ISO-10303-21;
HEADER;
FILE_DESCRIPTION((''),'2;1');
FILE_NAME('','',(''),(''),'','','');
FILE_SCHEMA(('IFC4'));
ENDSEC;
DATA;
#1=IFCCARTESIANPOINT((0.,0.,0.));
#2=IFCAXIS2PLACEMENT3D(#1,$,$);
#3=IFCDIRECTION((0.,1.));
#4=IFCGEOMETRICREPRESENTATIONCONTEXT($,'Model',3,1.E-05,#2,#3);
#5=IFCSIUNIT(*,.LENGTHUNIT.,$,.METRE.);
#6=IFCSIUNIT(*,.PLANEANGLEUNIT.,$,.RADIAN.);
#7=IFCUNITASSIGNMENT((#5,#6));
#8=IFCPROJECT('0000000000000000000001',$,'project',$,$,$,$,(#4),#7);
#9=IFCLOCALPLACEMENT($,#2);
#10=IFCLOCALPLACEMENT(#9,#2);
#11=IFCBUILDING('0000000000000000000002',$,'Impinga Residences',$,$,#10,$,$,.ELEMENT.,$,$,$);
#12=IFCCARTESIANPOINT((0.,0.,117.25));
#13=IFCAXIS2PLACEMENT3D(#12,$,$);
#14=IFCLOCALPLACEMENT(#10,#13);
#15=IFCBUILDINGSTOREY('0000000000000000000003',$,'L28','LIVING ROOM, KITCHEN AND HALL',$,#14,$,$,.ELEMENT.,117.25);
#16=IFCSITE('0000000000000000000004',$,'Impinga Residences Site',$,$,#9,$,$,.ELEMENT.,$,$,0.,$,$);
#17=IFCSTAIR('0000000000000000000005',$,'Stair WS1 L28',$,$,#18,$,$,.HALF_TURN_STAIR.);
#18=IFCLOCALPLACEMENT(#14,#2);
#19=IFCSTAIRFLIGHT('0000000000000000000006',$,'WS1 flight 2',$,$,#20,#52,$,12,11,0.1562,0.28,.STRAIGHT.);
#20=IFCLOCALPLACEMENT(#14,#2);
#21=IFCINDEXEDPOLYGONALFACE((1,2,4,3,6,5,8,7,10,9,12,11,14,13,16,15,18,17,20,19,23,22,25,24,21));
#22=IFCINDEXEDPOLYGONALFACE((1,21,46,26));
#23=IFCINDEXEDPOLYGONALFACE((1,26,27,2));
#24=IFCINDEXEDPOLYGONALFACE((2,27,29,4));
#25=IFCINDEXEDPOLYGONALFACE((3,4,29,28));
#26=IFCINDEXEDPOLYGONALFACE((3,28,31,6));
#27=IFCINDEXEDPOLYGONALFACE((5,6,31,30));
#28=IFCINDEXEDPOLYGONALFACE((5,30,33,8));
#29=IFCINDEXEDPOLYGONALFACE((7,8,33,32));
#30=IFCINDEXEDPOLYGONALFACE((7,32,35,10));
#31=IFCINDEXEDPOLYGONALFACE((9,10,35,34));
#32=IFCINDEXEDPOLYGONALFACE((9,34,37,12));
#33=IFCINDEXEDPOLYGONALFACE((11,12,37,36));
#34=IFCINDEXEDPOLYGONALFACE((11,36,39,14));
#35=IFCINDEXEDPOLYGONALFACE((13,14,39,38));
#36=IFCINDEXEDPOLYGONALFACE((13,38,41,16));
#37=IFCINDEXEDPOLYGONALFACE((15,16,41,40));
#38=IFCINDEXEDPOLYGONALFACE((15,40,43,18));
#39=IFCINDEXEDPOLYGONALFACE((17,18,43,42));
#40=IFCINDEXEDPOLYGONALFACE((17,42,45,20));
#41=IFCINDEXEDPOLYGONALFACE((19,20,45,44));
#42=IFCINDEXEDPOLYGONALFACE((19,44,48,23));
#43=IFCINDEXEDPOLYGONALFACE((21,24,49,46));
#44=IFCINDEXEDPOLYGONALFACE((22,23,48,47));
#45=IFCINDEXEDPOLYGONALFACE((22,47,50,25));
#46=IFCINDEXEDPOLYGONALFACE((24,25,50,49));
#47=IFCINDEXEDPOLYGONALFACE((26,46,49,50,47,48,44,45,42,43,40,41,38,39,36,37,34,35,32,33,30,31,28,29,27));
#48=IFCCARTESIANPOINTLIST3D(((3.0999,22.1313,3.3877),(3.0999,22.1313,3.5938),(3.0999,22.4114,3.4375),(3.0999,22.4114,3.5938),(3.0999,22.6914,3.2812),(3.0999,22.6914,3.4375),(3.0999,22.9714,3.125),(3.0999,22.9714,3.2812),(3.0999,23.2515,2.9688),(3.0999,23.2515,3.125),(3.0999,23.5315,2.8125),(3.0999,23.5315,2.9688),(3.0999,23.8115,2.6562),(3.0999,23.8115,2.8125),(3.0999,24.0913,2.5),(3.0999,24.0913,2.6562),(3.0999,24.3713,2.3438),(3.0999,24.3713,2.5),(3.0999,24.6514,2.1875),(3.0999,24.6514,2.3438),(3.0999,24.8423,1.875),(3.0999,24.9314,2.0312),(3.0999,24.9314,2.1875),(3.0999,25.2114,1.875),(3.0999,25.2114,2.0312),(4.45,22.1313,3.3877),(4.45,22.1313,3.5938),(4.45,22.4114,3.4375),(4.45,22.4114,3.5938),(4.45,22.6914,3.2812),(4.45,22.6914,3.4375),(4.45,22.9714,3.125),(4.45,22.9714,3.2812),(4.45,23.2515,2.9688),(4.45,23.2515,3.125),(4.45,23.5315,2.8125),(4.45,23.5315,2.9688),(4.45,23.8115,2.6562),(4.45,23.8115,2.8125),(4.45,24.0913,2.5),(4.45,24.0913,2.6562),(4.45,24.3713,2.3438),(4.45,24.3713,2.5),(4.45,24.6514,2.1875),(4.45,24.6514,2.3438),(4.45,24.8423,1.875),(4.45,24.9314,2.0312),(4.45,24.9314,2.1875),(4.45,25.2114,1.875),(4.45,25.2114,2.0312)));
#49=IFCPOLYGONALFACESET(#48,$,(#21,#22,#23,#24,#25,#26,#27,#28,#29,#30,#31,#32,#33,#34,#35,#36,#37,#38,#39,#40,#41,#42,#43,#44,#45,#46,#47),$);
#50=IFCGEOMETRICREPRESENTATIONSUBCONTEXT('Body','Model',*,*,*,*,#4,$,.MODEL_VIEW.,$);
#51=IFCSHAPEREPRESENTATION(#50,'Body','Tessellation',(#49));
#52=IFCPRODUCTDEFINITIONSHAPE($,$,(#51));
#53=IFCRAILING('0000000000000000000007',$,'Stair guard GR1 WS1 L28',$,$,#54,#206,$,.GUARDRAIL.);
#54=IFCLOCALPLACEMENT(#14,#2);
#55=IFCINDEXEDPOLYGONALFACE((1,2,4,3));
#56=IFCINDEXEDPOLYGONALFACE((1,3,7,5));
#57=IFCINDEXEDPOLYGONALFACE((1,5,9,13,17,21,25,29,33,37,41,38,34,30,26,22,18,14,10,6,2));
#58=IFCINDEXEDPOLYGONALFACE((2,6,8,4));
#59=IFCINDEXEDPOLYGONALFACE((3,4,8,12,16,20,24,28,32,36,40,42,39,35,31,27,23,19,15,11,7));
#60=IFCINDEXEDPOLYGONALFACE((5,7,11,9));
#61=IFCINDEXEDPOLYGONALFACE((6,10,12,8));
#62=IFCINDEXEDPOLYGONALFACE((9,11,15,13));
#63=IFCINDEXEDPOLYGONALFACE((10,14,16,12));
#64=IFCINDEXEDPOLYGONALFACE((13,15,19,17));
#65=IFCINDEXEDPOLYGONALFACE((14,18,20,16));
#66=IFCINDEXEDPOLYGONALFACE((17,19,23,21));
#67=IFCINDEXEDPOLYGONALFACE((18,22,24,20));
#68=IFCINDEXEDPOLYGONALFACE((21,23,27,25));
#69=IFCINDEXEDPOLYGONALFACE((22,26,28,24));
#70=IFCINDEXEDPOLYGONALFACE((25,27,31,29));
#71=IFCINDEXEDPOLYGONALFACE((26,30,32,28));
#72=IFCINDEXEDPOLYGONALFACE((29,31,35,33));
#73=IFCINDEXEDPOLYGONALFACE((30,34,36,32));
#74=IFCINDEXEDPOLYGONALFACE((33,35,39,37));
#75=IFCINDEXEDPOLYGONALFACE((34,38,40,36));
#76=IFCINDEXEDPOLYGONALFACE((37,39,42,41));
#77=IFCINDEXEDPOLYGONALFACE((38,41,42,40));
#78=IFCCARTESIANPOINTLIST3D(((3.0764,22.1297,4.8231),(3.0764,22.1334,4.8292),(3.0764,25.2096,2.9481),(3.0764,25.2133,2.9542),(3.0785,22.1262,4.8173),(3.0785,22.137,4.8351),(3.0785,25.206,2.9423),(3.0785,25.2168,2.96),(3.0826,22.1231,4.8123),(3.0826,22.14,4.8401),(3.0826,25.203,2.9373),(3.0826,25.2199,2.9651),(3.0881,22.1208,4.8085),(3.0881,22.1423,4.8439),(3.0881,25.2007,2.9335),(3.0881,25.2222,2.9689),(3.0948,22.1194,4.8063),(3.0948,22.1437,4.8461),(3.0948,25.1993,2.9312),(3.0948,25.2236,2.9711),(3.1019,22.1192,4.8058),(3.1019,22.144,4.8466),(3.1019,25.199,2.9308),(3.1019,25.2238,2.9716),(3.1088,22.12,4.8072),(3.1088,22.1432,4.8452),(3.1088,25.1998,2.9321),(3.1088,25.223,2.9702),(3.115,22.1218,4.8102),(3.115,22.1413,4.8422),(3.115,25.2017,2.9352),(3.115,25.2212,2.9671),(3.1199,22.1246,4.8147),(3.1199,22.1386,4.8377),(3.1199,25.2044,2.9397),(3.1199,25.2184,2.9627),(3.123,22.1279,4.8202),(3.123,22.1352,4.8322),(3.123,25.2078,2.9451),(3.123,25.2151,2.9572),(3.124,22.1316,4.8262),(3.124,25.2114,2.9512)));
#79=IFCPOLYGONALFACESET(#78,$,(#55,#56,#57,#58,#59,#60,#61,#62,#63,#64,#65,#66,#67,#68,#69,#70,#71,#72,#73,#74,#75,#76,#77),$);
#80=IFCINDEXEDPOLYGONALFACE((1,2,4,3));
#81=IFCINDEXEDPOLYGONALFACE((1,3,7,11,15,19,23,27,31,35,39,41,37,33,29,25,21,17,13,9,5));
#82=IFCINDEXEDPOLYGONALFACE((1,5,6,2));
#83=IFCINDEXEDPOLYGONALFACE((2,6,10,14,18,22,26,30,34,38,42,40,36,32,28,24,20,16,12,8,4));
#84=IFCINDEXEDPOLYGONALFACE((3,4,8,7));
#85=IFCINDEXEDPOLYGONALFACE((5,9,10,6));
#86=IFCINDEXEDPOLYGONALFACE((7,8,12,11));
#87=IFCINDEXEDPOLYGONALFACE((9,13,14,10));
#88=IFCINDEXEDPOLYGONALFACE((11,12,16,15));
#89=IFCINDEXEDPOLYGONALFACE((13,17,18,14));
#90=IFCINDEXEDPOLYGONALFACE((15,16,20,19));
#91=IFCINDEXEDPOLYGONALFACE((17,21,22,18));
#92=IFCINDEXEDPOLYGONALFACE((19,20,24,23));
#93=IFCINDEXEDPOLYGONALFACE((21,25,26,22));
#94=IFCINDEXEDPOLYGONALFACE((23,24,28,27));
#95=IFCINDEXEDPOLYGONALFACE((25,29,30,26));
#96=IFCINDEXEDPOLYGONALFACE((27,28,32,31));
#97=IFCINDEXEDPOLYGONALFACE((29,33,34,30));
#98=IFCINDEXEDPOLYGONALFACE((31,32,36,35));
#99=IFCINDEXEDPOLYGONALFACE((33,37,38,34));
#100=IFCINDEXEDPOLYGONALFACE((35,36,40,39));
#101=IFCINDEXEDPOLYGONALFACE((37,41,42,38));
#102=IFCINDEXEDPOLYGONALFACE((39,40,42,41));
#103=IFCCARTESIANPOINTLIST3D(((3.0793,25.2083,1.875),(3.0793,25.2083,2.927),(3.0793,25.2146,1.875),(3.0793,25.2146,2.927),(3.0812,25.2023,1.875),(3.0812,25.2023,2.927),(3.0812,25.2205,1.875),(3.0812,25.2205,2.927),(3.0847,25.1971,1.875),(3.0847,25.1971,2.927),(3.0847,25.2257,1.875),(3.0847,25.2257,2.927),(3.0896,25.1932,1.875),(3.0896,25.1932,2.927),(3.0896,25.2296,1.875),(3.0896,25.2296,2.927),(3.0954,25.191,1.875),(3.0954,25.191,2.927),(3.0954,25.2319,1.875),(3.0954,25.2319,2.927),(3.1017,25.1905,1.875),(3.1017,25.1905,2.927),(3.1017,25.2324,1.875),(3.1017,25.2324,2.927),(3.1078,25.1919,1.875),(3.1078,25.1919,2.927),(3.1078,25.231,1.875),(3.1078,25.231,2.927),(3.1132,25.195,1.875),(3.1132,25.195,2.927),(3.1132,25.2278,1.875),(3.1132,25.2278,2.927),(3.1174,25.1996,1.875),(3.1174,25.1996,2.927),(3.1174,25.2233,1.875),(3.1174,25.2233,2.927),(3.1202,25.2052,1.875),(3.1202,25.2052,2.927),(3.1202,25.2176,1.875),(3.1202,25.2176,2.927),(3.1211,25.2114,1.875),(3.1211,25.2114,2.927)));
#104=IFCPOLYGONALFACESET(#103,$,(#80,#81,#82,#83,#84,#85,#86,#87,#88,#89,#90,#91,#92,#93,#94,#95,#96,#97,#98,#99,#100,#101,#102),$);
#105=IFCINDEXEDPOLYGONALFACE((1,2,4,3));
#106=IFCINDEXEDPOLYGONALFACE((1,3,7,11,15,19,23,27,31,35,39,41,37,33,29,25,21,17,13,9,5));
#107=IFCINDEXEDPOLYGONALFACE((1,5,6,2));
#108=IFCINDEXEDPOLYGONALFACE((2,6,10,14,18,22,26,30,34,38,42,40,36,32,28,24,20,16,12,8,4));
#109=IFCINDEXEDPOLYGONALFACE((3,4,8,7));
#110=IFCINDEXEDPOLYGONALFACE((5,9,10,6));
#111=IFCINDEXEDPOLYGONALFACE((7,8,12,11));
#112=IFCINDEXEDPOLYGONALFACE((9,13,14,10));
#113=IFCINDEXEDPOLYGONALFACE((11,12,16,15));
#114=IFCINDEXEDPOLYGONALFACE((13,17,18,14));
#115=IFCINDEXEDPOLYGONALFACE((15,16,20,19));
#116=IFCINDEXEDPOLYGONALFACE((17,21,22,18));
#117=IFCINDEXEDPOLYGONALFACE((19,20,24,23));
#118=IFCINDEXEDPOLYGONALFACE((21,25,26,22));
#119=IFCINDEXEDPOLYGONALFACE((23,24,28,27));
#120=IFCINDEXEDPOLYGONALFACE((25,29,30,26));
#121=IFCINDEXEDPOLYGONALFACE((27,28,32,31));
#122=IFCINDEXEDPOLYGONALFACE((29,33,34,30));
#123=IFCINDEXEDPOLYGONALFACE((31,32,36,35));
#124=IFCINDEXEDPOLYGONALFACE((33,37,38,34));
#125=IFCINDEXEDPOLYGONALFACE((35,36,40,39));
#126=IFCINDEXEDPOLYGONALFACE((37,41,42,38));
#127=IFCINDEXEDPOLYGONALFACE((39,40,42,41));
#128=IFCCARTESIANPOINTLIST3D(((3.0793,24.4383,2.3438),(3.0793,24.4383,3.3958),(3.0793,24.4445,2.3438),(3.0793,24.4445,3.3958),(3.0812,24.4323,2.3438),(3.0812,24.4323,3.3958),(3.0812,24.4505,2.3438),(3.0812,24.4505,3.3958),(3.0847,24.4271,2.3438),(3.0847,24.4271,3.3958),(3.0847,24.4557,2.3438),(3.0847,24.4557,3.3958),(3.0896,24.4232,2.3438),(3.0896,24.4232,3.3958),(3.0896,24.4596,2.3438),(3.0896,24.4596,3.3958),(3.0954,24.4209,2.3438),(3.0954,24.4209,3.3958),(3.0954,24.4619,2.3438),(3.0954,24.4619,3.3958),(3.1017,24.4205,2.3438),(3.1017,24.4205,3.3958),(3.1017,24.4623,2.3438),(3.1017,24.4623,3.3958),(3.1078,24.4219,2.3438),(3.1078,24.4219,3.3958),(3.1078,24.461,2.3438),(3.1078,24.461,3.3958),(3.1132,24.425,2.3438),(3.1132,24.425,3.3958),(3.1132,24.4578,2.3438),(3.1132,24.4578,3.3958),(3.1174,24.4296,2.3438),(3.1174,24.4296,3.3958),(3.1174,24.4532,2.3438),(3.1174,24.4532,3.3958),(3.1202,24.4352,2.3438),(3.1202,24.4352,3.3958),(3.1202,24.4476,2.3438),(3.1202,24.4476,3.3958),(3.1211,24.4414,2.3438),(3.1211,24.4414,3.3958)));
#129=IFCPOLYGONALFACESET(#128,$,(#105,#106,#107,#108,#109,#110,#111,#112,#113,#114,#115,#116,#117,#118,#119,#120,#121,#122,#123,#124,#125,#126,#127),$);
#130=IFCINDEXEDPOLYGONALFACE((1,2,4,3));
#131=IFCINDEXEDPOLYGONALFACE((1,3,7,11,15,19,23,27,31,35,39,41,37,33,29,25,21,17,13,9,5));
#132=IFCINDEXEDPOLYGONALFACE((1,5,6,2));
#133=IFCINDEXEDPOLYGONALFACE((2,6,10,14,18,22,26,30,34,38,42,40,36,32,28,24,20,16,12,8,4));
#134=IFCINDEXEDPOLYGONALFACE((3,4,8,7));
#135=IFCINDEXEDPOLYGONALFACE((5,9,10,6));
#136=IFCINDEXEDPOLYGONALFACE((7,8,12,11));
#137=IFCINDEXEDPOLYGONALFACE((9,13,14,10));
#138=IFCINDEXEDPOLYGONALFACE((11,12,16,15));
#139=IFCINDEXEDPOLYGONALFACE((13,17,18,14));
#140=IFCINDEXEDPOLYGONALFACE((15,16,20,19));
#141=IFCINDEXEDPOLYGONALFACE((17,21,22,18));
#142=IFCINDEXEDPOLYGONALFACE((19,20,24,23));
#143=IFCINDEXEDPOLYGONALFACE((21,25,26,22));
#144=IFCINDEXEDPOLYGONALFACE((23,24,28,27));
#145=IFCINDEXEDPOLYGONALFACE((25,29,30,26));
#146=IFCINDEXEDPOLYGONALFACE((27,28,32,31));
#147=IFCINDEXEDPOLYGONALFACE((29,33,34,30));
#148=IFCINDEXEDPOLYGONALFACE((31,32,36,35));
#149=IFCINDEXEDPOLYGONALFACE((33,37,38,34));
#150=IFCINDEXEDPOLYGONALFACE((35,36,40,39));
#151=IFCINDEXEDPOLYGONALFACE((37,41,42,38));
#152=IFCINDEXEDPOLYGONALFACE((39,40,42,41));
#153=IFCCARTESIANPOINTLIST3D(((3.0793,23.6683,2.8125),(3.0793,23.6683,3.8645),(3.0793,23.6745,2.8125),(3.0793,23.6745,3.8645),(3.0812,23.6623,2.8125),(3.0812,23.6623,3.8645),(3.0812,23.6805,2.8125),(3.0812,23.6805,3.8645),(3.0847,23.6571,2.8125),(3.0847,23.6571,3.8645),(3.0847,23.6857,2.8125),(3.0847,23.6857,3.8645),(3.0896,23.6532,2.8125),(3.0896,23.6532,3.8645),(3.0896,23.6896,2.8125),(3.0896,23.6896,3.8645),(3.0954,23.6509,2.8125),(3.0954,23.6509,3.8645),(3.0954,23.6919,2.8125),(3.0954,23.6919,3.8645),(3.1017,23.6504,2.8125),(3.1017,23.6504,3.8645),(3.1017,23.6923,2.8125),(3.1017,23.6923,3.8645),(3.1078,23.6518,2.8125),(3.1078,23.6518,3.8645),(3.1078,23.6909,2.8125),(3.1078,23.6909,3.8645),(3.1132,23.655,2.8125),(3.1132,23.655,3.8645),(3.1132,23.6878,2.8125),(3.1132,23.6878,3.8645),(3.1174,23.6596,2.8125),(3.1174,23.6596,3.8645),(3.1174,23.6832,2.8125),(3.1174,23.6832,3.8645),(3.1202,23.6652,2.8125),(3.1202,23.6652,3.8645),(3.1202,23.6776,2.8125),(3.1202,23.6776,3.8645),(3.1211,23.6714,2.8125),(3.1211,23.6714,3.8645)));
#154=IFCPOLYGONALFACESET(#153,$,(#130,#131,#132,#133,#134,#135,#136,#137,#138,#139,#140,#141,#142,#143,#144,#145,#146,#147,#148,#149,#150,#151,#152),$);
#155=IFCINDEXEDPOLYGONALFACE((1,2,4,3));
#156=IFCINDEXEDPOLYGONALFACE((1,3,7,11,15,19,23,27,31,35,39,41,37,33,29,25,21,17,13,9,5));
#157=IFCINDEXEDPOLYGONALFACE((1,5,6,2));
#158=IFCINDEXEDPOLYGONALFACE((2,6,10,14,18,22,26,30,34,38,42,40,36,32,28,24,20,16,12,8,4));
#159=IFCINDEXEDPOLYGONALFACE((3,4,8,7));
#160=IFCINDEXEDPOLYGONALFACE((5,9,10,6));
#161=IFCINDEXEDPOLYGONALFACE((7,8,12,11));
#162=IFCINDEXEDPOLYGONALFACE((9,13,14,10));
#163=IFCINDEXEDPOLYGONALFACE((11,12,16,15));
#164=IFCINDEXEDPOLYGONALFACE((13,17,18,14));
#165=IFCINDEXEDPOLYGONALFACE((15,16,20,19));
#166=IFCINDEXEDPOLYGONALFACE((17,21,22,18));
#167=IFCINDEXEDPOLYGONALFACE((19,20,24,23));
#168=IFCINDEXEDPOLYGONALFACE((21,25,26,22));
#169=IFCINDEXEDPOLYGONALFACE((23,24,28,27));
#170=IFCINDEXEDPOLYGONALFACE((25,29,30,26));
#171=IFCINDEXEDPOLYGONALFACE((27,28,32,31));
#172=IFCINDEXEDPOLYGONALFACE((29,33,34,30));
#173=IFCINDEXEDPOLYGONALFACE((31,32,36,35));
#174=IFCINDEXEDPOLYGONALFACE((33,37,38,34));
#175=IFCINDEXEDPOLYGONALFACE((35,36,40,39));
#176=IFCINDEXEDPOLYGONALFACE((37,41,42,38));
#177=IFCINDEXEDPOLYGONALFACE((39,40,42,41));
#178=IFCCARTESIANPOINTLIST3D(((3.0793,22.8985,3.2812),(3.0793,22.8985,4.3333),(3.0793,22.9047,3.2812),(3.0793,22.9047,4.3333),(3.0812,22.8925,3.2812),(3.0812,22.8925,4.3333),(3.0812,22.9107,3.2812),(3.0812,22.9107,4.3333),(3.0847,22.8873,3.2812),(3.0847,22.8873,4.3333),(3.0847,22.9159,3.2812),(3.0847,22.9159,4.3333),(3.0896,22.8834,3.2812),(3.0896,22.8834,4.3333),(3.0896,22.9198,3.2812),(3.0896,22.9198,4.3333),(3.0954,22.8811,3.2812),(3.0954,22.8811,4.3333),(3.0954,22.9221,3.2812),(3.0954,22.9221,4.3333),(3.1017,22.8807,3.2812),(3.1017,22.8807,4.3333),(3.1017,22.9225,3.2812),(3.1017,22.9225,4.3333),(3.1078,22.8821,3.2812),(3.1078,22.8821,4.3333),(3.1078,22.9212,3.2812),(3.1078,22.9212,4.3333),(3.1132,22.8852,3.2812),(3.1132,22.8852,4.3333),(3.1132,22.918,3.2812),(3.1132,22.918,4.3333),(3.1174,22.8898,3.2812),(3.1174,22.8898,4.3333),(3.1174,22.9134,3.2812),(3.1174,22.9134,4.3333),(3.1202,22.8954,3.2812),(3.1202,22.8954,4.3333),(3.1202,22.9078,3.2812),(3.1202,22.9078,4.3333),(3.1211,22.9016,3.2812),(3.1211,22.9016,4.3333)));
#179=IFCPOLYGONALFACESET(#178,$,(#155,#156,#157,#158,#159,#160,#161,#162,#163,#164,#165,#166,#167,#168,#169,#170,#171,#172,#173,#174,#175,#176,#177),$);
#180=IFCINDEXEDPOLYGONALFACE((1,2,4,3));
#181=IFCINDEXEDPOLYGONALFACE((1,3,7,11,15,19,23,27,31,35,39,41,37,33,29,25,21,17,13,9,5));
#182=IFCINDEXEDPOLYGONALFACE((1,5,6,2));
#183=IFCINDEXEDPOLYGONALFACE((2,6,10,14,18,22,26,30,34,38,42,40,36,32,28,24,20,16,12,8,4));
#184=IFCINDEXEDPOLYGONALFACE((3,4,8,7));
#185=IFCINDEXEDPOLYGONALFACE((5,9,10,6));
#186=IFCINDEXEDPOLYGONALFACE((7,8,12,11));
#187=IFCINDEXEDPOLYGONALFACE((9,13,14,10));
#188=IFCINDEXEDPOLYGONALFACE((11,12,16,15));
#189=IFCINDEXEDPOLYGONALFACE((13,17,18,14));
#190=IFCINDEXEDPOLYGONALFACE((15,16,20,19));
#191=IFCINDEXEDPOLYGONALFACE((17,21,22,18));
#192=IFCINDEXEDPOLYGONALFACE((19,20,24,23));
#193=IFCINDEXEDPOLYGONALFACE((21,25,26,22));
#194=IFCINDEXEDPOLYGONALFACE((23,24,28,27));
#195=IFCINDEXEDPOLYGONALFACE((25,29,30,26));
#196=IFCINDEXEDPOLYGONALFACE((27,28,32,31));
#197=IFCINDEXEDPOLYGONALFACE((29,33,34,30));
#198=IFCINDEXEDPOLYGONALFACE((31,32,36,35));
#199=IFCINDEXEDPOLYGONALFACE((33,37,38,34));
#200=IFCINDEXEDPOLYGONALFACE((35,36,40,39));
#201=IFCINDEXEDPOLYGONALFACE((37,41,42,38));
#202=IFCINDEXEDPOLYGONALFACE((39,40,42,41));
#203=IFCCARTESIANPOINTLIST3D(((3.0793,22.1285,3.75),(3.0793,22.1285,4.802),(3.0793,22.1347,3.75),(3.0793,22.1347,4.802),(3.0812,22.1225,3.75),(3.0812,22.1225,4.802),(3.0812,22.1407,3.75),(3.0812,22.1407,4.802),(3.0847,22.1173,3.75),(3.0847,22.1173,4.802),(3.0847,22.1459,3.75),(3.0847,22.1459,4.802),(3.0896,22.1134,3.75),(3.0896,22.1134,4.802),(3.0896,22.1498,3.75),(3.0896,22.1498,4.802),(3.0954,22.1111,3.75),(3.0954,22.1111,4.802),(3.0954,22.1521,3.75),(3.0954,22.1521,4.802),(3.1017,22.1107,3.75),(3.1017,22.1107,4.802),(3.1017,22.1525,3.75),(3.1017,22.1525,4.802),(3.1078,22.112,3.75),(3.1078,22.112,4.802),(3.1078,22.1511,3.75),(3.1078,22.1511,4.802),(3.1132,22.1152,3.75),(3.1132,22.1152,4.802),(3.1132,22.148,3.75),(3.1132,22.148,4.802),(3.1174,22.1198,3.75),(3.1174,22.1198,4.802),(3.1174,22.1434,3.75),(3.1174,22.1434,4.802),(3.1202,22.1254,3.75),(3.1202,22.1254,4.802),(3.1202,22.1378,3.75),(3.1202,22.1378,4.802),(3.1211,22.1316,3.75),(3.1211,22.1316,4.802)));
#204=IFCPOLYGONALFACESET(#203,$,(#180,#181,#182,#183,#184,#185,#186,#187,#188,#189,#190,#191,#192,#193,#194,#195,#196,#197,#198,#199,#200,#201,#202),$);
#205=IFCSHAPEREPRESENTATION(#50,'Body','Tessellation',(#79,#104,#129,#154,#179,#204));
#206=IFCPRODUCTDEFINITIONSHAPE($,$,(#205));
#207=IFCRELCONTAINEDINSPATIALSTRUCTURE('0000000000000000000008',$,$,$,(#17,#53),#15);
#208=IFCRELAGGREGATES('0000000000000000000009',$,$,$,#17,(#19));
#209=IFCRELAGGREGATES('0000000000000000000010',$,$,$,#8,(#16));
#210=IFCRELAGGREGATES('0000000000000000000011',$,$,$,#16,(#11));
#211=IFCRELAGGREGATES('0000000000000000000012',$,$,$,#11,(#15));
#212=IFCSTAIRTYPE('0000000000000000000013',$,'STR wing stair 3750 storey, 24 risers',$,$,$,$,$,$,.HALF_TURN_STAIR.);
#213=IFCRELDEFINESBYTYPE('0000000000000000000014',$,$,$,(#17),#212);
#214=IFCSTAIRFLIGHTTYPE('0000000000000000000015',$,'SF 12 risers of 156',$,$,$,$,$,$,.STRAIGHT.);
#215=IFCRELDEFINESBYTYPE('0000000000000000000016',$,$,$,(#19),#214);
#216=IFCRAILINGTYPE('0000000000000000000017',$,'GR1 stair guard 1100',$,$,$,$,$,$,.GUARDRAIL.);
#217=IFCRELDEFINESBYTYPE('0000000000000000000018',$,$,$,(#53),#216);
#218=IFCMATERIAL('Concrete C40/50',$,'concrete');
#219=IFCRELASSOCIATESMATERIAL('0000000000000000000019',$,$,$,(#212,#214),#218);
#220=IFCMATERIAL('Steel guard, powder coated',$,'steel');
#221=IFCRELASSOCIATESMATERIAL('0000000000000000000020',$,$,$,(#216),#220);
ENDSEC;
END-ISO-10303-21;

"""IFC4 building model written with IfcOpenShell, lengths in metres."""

from ifc_helpers import new_model, si_unit, direction, frame, origin, origin_2d, place, context, subcontext, project, spatial, polyline, circle, outline, extrude, material, type_object, element, aggregate, save


model = new_model("IFC4")

# Units and contexts
model_context = context("Model", 3, precision=1e-05, world=origin(), true_north=direction((0.0, 1.0)))
body_context = subcontext(model_context, "Body", "Model", "MODEL_VIEW")
ifc_project = project(units=[si_unit("LENGTHUNIT", "METRE"), si_unit("PLANEANGLEUNIT", "RADIAN")], contexts=[model_context])

# Site, building, storey
site_placement = place(None, origin())
site = spatial("IfcSite", under=ifc_project, at=site_placement, Name="Impinga Residences Site", CompositionType="ELEMENT", RefElevation=0.0)
building_placement = place(site_placement, origin())
building = spatial("IfcBuilding", under=site, at=building_placement, Name="Impinga Residences", CompositionType="ELEMENT")
storey_placement = place(building_placement, frame((0.0, 0.0, 117.25)))
storey = spatial("IfcBuildingStorey", under=building, at=storey_placement, Name="L28", Description="LIVING ROOM, KITCHEN AND HALL", CompositionType="ELEMENT", Elevation=117.25)

# Stair, stair flight
ifc_material_1 = material(Name="Concrete C40/50", Category="concrete")
stair_type = type_object("IfcStairType", Name="STR wing stair 3750 storey, 24 risers", PredefinedType="HALF_TURN_STAIR", material=ifc_material_1)
stair_placement = place(storey_placement, origin())
stair = element("IfcStair", 1, at=stair_placement, inside=storey, type_object=stair_type, Name="Stair WS1 L28", PredefinedType="HALF_TURN_STAIR")
stair_flight_type = type_object("IfcStairFlightType", Name="SF 12 risers of 156", PredefinedType="STRAIGHT", material=ifc_material_1)
stair_flight_placement = place(storey_placement, frame((3.7749, 25.2114, 1.875), z_axis=(0.0, 0.0, 1.0), x_axis=(0.0, -1.0, 0.0)))
stair_flight = element("IfcStairFlight", 2, at=stair_flight_placement, type_object=stair_flight_type, Name="WS1 flight 2", NumberOfRisers=12, NumberOfTreads=11, PredefinedType="STRAIGHT", RiserHeight=0.1562, TreadLength=0.28, context=body_context, shape_type="SweptSolid", body=[
    extrude(outline(polyline([(0.0, 0.0), (0.0, 0.1562), (0.28, 0.1562), (0.28, 0.3125), (0.5601, 0.3125), (0.5601, 0.4688), (0.8401, 0.4688), (0.8401, 0.625), (1.1201, 0.625), (1.1201, 0.7812), (1.3999, 0.7812), (1.3999, 0.9375), (1.6799, 0.9375), (1.6799, 1.0938), (1.96, 1.0938), (1.96, 1.25), (2.24, 1.25), (2.24, 1.4062), (2.52, 1.4062), (2.52, 1.5625), (2.8, 1.5625), (2.8, 1.7188), (3.0801, 1.7188), (3.0801, 1.875), (3.0801, 1.5127), (0.3691, 0.0), (0.0, 0.0)])), frame((0.0, 0.675, 0.0), z_axis=(0.0, -1.0, 0.0), x_axis=(1.0, 0.0, 0.0)), (0.0, 0.0, 1.0), 1.3501),
])
aggregate(stair, [stair_flight])

# Railing
ifc_material_2 = material(Name="Steel guard, powder coated", Category="steel")
railing_type_1 = type_object("IfcRailingType", Name="GR1 stair guard 1100", PredefinedType="GUARDRAIL", material=ifc_material_2)
railing_1_placement = place(storey_placement, frame((3.1001, 25.2114, 1.875)))
element("IfcRailing", 3, at=railing_1_placement, inside=storey, type_object=railing_type_1, Name="Stair guard GR1 WS1 L28", PredefinedType="GUARDRAIL", context=body_context, shape_type="SweptSolid", body=[
    extrude(circle(Radius=0.0239, at=origin_2d()), frame((0.0, 0.0, 1.0762), z_axis=(0.0, -0.854159, 0.520011), x_axis=(1.0, 0.0, 0.0)), (0.0, 0.0, 1.0), 3.6057),
    extrude(circle(Radius=0.021, at=origin_2d()), origin(), (0.0, 0.0, 1.0), 1.052),
    extrude(circle(Radius=0.021, at=origin_2d()), frame((0.0, -0.77, 0.4688)), (0.0, 0.0, 1.0), 1.052),
    extrude(circle(Radius=0.021, at=origin_2d()), frame((0.0, -1.54, 0.9375)), (0.0, 0.0, 1.0), 1.052),
    extrude(circle(Radius=0.021, at=origin_2d()), frame((0.0, -2.3098, 1.4062)), (0.0, 0.0, 1.0), 1.052),
    extrude(circle(Radius=0.021, at=origin_2d()), frame((0.0, -3.0798, 1.875)), (0.0, 0.0, 1.0), 1.052),
])

save(model, "model.ifc")
